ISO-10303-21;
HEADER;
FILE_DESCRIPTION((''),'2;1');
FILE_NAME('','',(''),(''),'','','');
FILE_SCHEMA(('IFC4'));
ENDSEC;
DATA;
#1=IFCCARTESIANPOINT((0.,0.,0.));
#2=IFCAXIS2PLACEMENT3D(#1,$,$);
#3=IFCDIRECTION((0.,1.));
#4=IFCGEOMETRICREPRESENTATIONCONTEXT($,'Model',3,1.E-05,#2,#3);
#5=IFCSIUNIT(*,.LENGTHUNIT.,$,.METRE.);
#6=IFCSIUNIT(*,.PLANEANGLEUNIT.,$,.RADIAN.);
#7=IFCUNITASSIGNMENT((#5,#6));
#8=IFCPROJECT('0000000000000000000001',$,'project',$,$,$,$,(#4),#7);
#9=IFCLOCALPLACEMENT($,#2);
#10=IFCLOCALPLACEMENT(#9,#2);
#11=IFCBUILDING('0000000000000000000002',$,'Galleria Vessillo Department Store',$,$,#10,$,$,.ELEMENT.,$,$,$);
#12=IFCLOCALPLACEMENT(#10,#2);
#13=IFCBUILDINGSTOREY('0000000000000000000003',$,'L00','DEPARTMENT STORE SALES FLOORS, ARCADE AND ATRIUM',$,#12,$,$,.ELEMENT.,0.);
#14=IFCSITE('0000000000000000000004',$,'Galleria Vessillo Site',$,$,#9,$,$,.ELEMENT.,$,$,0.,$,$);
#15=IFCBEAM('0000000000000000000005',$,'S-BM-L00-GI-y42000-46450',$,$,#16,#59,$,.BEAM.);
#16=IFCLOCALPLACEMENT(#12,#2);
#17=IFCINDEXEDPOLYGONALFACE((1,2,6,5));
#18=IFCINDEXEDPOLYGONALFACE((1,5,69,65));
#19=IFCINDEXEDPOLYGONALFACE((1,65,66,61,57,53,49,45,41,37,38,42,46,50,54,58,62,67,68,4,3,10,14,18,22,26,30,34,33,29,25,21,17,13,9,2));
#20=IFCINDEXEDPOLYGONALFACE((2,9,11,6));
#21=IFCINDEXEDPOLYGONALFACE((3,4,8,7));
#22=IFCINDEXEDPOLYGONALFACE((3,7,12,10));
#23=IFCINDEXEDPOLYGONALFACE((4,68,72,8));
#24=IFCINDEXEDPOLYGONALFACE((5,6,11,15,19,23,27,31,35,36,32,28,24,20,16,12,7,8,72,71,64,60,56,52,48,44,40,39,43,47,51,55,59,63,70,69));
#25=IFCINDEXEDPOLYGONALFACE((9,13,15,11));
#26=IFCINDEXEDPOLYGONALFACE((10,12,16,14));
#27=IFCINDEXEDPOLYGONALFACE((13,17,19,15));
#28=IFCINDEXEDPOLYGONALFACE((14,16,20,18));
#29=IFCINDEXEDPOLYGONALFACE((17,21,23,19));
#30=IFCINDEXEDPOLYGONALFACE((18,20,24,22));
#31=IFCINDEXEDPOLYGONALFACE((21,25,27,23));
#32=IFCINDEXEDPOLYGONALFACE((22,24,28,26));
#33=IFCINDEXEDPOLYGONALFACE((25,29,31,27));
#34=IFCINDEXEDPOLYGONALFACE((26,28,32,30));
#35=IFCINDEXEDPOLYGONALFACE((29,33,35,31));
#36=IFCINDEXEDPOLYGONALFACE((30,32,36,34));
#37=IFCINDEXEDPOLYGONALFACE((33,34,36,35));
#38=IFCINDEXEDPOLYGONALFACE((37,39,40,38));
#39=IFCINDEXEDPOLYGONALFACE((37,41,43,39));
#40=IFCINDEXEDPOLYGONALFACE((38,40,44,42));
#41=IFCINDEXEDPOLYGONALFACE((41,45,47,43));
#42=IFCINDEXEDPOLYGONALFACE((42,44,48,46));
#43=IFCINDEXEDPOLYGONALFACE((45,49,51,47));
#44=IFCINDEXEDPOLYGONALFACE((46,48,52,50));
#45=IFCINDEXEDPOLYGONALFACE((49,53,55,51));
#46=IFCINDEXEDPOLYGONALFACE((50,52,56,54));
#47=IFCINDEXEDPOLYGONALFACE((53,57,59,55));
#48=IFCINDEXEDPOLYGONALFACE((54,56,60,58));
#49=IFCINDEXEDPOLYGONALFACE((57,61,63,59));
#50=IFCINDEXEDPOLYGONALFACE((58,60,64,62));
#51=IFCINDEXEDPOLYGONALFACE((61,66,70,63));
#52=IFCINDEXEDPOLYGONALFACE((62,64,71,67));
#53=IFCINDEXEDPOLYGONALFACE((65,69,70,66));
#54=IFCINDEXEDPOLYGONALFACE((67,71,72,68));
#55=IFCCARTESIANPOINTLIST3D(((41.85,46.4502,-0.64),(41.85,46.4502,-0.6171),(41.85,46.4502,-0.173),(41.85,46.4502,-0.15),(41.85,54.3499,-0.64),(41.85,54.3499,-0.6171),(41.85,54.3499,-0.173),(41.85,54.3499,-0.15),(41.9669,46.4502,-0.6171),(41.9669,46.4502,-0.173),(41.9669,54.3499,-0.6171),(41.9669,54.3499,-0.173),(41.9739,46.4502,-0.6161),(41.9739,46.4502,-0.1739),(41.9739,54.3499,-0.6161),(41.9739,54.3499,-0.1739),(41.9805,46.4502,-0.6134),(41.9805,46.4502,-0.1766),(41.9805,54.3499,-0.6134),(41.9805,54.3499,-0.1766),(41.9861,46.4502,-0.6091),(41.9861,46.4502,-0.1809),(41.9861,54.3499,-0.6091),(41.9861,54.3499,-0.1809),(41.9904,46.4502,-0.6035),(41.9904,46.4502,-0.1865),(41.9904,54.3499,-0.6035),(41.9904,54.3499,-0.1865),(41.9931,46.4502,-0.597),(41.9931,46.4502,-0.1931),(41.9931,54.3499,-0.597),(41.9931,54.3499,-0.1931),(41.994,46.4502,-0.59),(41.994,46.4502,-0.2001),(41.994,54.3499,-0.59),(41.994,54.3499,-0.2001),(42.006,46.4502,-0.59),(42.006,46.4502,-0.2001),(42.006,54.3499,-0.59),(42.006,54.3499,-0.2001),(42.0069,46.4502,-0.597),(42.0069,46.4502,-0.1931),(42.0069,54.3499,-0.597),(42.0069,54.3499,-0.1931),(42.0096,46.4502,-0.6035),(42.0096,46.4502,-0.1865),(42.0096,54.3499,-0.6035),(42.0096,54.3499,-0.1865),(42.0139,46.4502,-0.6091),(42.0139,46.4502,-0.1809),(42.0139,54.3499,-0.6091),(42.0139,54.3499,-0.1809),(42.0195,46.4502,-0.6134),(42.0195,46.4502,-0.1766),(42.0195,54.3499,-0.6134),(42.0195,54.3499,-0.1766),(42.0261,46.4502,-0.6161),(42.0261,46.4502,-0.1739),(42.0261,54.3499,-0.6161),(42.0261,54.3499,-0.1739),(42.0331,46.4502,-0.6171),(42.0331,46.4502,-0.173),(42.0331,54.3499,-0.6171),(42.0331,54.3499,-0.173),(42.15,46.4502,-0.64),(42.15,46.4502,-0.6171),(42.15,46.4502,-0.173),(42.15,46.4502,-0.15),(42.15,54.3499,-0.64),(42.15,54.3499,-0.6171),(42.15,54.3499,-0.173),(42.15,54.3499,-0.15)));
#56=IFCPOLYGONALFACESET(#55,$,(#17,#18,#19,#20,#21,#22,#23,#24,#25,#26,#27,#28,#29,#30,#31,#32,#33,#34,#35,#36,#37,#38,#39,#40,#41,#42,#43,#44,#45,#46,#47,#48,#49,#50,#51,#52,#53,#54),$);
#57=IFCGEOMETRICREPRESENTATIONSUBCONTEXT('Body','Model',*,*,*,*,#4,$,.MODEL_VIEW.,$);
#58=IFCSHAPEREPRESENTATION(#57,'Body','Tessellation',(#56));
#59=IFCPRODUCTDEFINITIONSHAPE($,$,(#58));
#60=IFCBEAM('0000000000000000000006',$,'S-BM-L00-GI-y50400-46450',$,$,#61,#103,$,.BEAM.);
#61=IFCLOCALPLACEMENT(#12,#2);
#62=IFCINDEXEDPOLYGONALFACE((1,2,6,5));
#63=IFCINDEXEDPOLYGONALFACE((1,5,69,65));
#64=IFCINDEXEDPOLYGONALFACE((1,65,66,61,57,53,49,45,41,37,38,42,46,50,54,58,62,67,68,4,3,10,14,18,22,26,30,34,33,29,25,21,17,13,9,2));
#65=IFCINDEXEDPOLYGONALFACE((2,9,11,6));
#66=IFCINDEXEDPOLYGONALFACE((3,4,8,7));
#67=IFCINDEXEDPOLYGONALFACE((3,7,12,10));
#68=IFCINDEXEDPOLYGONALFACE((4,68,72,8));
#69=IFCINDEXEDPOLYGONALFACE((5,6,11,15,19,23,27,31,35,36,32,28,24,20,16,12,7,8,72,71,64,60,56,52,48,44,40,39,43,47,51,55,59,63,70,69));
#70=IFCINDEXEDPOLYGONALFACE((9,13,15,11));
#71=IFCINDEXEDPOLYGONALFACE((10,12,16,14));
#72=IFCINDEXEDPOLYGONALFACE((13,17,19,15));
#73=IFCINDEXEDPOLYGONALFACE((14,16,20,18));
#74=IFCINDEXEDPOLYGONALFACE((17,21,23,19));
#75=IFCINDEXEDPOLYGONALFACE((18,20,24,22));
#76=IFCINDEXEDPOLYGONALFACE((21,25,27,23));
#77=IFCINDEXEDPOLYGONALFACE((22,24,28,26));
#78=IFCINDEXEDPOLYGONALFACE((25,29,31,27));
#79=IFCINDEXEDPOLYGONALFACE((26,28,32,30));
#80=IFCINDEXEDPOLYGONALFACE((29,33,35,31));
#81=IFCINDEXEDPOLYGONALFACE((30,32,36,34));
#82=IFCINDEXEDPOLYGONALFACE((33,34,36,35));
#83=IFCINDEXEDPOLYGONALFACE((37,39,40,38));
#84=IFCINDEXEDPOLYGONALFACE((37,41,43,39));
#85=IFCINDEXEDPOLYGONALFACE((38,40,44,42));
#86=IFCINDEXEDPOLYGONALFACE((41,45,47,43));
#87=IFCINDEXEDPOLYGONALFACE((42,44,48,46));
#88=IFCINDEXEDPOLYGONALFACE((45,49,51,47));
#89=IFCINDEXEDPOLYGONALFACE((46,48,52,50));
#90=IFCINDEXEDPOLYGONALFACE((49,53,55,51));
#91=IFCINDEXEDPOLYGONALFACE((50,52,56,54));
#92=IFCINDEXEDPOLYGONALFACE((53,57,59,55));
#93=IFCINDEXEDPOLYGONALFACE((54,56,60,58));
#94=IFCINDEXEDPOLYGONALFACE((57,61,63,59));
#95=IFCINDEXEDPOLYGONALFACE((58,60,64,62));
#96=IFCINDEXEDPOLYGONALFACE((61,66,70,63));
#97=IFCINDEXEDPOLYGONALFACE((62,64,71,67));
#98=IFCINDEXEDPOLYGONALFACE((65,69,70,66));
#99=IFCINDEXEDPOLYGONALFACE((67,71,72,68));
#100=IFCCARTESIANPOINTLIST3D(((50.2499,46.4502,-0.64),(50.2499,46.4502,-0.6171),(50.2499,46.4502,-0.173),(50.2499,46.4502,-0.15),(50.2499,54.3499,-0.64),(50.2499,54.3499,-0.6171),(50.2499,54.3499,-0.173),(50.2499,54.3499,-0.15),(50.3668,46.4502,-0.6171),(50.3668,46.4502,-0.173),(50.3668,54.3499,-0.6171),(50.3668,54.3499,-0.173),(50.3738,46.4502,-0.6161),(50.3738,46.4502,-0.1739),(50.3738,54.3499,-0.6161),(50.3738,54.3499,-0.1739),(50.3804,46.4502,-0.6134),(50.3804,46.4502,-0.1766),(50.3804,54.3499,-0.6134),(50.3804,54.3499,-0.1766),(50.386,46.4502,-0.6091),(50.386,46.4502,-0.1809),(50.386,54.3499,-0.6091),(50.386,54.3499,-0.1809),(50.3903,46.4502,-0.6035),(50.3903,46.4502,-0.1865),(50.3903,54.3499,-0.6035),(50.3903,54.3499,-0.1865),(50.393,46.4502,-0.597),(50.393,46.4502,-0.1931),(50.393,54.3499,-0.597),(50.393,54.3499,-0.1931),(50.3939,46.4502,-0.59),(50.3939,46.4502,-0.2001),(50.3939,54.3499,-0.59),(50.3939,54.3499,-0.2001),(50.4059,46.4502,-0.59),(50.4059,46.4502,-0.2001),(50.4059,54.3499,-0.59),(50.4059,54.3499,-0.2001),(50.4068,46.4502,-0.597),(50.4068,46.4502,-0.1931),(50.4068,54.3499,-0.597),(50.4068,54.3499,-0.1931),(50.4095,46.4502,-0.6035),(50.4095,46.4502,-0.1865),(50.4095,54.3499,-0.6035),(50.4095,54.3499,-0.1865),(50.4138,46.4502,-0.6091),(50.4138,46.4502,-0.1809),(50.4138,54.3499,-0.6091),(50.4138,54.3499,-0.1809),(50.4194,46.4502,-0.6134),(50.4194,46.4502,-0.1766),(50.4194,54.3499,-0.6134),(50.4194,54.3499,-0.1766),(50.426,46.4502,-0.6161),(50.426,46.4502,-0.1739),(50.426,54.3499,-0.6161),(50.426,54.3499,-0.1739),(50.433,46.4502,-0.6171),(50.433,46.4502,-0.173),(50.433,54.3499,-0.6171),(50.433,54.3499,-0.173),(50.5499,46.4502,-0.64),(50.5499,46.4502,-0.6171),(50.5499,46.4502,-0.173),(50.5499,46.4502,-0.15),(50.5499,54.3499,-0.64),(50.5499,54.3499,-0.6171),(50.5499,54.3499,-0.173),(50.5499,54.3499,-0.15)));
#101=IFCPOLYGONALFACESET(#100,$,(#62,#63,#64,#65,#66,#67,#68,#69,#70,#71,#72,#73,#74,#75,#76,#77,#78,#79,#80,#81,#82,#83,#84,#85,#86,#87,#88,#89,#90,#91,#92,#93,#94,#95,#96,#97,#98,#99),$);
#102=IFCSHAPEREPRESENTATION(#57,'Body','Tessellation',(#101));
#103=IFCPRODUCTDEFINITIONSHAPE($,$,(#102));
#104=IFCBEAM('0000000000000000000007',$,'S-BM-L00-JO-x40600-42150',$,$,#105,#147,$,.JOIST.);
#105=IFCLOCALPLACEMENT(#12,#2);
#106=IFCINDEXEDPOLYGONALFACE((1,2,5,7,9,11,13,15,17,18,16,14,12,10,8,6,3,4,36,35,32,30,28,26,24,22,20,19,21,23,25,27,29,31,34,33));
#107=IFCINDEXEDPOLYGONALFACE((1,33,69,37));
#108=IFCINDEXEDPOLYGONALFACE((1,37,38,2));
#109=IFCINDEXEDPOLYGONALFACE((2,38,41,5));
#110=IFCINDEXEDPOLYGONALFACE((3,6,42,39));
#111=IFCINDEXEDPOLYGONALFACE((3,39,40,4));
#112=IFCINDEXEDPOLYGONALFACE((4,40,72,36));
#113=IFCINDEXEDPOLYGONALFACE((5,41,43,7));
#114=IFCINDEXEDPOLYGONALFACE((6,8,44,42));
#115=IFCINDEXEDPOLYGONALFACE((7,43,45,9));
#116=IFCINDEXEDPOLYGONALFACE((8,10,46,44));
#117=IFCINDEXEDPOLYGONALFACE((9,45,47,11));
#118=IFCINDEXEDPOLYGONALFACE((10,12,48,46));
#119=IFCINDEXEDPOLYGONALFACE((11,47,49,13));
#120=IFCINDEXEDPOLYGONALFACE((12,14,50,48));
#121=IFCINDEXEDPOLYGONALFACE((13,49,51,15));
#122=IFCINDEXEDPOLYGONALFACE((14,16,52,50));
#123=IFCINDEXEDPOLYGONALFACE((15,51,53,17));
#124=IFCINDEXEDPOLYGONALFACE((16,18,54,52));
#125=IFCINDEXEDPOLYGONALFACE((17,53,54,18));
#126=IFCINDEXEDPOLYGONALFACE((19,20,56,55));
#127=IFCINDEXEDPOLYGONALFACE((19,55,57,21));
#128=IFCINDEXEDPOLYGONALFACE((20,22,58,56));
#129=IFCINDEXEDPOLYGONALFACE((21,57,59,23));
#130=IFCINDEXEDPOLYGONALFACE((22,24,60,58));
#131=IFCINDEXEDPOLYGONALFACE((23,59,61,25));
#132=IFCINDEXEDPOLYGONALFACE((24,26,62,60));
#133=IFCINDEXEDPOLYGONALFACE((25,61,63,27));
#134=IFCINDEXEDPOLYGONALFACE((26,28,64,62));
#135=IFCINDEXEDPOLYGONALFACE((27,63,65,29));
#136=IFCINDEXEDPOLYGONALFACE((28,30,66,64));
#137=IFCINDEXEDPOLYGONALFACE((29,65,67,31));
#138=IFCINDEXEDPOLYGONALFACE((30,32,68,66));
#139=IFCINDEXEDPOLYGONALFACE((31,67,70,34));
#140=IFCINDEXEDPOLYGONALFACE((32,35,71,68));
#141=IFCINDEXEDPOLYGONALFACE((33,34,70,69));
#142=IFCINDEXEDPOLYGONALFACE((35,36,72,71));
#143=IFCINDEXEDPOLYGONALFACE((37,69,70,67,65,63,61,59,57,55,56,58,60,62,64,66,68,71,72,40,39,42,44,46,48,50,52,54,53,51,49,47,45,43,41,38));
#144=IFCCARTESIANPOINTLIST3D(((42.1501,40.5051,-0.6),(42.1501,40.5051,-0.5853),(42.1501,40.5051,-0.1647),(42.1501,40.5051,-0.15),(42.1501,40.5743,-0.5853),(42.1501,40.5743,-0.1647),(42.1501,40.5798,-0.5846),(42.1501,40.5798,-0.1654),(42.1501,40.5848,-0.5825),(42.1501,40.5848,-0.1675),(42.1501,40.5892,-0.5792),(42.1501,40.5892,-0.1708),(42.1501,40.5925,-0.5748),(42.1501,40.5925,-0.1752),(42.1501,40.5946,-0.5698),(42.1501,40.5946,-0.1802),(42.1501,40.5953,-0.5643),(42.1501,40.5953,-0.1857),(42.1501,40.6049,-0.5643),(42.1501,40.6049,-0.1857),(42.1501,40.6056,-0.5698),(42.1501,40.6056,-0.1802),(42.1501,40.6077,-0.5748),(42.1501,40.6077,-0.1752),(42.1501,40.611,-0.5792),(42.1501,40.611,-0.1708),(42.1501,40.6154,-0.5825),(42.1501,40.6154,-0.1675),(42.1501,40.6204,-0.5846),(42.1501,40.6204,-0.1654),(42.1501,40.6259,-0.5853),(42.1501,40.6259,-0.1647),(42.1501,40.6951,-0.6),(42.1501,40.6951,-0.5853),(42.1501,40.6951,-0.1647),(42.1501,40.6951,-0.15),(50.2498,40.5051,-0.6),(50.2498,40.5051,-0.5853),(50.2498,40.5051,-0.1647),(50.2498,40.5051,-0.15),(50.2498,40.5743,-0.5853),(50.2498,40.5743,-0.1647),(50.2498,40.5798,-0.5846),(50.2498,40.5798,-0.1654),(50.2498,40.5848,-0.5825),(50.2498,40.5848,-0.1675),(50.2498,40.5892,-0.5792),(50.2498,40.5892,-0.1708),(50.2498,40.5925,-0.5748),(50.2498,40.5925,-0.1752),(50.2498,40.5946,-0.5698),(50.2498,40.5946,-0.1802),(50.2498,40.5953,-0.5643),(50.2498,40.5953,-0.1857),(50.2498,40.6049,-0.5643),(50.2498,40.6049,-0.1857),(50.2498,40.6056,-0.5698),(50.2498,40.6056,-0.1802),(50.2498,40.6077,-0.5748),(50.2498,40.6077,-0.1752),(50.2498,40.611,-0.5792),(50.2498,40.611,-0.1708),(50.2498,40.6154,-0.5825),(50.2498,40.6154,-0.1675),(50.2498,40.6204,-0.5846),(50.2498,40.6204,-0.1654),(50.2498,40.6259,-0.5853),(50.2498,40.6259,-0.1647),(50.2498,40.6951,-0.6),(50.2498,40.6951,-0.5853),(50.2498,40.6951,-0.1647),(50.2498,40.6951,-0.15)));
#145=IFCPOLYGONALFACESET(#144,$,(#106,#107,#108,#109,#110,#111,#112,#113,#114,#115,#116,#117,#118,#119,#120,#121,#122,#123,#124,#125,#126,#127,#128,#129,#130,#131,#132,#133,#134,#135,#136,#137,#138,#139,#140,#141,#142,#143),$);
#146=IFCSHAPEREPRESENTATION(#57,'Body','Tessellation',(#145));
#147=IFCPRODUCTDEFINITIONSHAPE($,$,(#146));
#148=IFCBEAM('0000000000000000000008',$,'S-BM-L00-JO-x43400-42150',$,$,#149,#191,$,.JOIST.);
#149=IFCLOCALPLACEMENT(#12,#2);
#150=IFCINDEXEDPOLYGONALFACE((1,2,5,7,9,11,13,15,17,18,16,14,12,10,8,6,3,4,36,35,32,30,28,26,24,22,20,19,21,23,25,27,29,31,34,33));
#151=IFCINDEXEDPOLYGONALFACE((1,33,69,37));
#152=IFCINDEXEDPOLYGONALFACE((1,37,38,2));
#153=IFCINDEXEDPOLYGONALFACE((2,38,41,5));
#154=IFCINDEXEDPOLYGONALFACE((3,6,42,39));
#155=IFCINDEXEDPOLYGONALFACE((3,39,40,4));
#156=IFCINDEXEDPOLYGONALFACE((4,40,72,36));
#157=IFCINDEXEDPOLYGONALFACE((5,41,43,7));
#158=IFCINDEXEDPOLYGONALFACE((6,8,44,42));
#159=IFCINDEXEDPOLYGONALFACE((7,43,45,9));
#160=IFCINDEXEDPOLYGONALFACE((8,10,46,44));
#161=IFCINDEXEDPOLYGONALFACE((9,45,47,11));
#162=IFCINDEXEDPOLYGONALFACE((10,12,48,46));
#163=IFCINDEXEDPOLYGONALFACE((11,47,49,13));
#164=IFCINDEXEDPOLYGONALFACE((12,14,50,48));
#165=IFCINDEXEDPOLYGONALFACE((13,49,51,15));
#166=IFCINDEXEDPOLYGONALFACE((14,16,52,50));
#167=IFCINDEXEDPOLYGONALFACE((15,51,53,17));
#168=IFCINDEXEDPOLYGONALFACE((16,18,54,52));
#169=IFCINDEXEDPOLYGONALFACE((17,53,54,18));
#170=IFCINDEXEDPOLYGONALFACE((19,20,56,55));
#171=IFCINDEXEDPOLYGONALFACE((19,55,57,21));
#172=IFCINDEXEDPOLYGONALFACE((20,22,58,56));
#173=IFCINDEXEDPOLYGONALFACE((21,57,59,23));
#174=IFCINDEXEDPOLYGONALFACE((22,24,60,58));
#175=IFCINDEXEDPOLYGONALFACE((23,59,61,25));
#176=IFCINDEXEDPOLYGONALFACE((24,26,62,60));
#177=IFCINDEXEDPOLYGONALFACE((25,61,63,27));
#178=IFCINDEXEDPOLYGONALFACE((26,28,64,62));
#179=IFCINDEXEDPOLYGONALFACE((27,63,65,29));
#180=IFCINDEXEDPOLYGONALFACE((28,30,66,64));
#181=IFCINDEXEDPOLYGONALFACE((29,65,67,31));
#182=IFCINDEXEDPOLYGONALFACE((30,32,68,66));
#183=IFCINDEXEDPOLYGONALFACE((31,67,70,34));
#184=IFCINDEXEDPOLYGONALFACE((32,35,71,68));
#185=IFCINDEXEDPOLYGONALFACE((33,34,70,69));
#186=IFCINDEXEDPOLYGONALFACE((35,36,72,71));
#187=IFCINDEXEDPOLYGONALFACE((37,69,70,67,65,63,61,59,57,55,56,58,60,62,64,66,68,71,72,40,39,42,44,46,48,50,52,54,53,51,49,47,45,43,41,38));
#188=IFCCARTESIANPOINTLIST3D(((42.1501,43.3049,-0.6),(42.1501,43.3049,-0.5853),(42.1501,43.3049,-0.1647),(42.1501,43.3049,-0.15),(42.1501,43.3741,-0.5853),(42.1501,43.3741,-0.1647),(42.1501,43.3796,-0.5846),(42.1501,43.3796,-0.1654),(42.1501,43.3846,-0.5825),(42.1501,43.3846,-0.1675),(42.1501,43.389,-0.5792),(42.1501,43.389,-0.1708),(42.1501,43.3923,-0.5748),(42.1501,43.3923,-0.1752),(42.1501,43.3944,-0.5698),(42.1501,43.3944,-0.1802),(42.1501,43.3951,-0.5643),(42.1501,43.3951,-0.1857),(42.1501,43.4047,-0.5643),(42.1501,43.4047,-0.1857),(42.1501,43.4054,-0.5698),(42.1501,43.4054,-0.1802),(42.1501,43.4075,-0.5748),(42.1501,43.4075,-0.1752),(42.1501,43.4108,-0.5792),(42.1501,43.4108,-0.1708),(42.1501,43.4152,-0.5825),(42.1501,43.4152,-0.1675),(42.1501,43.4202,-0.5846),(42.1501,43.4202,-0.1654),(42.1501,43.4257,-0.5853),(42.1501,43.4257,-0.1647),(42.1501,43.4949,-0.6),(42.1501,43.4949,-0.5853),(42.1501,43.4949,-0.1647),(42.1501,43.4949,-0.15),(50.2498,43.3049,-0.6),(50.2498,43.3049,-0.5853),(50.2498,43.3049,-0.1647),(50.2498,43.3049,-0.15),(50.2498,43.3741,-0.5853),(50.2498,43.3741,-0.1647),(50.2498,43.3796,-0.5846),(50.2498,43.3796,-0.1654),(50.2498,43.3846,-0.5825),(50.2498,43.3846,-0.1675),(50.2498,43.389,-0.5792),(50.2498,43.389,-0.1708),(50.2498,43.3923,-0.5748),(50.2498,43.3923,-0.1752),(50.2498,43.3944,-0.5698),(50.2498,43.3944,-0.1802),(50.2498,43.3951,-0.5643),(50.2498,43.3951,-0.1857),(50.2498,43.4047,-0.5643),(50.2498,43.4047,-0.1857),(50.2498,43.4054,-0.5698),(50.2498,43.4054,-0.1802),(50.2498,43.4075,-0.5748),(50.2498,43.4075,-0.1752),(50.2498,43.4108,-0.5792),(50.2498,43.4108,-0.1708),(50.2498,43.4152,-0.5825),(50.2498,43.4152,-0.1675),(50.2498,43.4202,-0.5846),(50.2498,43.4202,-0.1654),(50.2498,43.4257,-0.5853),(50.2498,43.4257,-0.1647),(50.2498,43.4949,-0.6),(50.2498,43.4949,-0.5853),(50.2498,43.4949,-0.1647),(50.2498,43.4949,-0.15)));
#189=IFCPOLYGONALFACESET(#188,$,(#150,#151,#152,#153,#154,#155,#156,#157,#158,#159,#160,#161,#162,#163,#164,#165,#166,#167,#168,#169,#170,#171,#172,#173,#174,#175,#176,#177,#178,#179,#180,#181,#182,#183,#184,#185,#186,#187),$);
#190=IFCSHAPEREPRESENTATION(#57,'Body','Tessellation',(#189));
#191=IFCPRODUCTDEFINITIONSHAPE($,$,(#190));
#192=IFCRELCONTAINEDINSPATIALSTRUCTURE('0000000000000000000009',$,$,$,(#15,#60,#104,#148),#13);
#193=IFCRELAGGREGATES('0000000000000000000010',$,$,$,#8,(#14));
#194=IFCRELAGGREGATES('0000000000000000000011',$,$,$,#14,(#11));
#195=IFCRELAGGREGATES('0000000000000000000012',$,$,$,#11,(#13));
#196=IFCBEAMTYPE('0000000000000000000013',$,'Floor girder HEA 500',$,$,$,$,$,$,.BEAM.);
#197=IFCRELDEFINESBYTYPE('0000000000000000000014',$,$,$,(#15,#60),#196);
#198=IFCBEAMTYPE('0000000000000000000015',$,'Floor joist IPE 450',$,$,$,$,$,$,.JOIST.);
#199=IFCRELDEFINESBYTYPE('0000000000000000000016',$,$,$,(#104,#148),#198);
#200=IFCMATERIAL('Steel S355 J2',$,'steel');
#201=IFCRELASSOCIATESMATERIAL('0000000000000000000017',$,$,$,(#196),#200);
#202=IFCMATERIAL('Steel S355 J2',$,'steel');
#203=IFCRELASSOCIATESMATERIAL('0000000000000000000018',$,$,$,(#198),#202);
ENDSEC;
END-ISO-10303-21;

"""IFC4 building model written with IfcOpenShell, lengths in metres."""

from ifc_helpers import new_model, si_unit, direction, frame, origin, origin_2d, place, context, subcontext, project, spatial, i_section, extrude, material, material_profile, profile_set, type_object, element, save


model = new_model("IFC4")

# Units and contexts
model_context = context("Model", 3, precision=1e-05, world=origin(), true_north=direction((0.0, 1.0)))
body_context = subcontext(model_context, "Body", "Model", "MODEL_VIEW")
ifc_project = project(units=[si_unit("LENGTHUNIT", "METRE"), si_unit("PLANEANGLEUNIT", "RADIAN")], contexts=[model_context])

# Site, building, storey
site_placement = place(None, origin())
site = spatial("IfcSite", under=ifc_project, at=site_placement, Name="Galleria Vessillo Site", CompositionType="ELEMENT", RefElevation=0.0)
building_placement = place(site_placement, origin())
building = spatial("IfcBuilding", under=site, at=building_placement, Name="Galleria Vessillo Department Store", CompositionType="ELEMENT")
storey_placement = place(building_placement, origin())
storey = spatial("IfcBuildingStorey", under=building, at=storey_placement, Name="L00", Description="DEPARTMENT STORE SALES FLOORS, ARCADE AND ATRIUM", CompositionType="ELEMENT", Elevation=0.0)

# Beams
ifc_material_1 = material(Name="Steel S355 J2", Category="steel")
ifc_material_profile_1 = material_profile(ifc_material_1, i_section(OverallWidth=0.3, OverallDepth=0.49, WebThickness=0.012, FlangeThickness=0.0229, FilletRadius=0.0271, at=origin_2d()), Name="HEA 500")
ifc_profile_set_1 = profile_set([ifc_material_profile_1], Name="Steel S355 J2")
beam_type_1 = type_object("IfcBeamType", Name="Floor girder HEA 500", PredefinedType="BEAM", material=ifc_profile_set_1)
for number, where, z_axis, x_axis, name in (
    (1, (42.0, 46.4502, -0.395), (0.0, 1.0, 0.0), (-1.0, 0.0, 0.0), "S-BM-L00-GI-y42000-46450"),
    (2, (50.3999, 46.4502, -0.395), (0.0, 1.0, 0.0), (-1.0, 0.0, 0.0), "S-BM-L00-GI-y50400-46450"),
):
    element("IfcBeam", number, at=place(storey_placement, frame(where, z_axis=z_axis, x_axis=x_axis)), inside=storey, type_object=beam_type_1, Name=name, PredefinedType="BEAM", context=body_context, shape_type="SweptSolid", body=[
        extrude(i_section(OverallWidth=0.3, OverallDepth=0.49, WebThickness=0.012, FlangeThickness=0.0229, FilletRadius=0.0271, at=origin_2d()), origin(), (0.0, 0.0, 1.0), 7.8997),
    ])
ifc_material_2 = material(Name="Steel S355 J2", Category="steel")
ifc_material_profile_2 = material_profile(ifc_material_2, i_section(OverallWidth=0.1899, OverallDepth=0.45, WebThickness=0.0095, FlangeThickness=0.0146, FilletRadius=0.021, at=origin_2d()), Name="IPE 450")
ifc_profile_set_2 = profile_set([ifc_material_profile_2], Name="Steel S355 J2")
beam_type_2 = type_object("IfcBeamType", Name="Floor joist IPE 450", PredefinedType="JOIST", material=ifc_profile_set_2)
for number, where, z_axis, x_axis, name in (
    (3, (42.1501, 40.6001, -0.375), (1.0, 0.0, 0.0), (0.0, 1.0, 0.0), "S-BM-L00-JO-x40600-42150"),
    (4, (42.1501, 43.3999, -0.375), (1.0, 0.0, 0.0), (0.0, 1.0, 0.0), "S-BM-L00-JO-x43400-42150"),
):
    element("IfcBeam", number, at=place(storey_placement, frame(where, z_axis=z_axis, x_axis=x_axis)), inside=storey, type_object=beam_type_2, Name=name, PredefinedType="JOIST", context=body_context, shape_type="SweptSolid", body=[
        extrude(i_section(OverallWidth=0.1899, OverallDepth=0.45, WebThickness=0.0095, FlangeThickness=0.0146, FilletRadius=0.021, at=origin_2d()), origin(), (0.0, 0.0, 1.0), 8.0996),
    ])

save(model, "model.ifc")
